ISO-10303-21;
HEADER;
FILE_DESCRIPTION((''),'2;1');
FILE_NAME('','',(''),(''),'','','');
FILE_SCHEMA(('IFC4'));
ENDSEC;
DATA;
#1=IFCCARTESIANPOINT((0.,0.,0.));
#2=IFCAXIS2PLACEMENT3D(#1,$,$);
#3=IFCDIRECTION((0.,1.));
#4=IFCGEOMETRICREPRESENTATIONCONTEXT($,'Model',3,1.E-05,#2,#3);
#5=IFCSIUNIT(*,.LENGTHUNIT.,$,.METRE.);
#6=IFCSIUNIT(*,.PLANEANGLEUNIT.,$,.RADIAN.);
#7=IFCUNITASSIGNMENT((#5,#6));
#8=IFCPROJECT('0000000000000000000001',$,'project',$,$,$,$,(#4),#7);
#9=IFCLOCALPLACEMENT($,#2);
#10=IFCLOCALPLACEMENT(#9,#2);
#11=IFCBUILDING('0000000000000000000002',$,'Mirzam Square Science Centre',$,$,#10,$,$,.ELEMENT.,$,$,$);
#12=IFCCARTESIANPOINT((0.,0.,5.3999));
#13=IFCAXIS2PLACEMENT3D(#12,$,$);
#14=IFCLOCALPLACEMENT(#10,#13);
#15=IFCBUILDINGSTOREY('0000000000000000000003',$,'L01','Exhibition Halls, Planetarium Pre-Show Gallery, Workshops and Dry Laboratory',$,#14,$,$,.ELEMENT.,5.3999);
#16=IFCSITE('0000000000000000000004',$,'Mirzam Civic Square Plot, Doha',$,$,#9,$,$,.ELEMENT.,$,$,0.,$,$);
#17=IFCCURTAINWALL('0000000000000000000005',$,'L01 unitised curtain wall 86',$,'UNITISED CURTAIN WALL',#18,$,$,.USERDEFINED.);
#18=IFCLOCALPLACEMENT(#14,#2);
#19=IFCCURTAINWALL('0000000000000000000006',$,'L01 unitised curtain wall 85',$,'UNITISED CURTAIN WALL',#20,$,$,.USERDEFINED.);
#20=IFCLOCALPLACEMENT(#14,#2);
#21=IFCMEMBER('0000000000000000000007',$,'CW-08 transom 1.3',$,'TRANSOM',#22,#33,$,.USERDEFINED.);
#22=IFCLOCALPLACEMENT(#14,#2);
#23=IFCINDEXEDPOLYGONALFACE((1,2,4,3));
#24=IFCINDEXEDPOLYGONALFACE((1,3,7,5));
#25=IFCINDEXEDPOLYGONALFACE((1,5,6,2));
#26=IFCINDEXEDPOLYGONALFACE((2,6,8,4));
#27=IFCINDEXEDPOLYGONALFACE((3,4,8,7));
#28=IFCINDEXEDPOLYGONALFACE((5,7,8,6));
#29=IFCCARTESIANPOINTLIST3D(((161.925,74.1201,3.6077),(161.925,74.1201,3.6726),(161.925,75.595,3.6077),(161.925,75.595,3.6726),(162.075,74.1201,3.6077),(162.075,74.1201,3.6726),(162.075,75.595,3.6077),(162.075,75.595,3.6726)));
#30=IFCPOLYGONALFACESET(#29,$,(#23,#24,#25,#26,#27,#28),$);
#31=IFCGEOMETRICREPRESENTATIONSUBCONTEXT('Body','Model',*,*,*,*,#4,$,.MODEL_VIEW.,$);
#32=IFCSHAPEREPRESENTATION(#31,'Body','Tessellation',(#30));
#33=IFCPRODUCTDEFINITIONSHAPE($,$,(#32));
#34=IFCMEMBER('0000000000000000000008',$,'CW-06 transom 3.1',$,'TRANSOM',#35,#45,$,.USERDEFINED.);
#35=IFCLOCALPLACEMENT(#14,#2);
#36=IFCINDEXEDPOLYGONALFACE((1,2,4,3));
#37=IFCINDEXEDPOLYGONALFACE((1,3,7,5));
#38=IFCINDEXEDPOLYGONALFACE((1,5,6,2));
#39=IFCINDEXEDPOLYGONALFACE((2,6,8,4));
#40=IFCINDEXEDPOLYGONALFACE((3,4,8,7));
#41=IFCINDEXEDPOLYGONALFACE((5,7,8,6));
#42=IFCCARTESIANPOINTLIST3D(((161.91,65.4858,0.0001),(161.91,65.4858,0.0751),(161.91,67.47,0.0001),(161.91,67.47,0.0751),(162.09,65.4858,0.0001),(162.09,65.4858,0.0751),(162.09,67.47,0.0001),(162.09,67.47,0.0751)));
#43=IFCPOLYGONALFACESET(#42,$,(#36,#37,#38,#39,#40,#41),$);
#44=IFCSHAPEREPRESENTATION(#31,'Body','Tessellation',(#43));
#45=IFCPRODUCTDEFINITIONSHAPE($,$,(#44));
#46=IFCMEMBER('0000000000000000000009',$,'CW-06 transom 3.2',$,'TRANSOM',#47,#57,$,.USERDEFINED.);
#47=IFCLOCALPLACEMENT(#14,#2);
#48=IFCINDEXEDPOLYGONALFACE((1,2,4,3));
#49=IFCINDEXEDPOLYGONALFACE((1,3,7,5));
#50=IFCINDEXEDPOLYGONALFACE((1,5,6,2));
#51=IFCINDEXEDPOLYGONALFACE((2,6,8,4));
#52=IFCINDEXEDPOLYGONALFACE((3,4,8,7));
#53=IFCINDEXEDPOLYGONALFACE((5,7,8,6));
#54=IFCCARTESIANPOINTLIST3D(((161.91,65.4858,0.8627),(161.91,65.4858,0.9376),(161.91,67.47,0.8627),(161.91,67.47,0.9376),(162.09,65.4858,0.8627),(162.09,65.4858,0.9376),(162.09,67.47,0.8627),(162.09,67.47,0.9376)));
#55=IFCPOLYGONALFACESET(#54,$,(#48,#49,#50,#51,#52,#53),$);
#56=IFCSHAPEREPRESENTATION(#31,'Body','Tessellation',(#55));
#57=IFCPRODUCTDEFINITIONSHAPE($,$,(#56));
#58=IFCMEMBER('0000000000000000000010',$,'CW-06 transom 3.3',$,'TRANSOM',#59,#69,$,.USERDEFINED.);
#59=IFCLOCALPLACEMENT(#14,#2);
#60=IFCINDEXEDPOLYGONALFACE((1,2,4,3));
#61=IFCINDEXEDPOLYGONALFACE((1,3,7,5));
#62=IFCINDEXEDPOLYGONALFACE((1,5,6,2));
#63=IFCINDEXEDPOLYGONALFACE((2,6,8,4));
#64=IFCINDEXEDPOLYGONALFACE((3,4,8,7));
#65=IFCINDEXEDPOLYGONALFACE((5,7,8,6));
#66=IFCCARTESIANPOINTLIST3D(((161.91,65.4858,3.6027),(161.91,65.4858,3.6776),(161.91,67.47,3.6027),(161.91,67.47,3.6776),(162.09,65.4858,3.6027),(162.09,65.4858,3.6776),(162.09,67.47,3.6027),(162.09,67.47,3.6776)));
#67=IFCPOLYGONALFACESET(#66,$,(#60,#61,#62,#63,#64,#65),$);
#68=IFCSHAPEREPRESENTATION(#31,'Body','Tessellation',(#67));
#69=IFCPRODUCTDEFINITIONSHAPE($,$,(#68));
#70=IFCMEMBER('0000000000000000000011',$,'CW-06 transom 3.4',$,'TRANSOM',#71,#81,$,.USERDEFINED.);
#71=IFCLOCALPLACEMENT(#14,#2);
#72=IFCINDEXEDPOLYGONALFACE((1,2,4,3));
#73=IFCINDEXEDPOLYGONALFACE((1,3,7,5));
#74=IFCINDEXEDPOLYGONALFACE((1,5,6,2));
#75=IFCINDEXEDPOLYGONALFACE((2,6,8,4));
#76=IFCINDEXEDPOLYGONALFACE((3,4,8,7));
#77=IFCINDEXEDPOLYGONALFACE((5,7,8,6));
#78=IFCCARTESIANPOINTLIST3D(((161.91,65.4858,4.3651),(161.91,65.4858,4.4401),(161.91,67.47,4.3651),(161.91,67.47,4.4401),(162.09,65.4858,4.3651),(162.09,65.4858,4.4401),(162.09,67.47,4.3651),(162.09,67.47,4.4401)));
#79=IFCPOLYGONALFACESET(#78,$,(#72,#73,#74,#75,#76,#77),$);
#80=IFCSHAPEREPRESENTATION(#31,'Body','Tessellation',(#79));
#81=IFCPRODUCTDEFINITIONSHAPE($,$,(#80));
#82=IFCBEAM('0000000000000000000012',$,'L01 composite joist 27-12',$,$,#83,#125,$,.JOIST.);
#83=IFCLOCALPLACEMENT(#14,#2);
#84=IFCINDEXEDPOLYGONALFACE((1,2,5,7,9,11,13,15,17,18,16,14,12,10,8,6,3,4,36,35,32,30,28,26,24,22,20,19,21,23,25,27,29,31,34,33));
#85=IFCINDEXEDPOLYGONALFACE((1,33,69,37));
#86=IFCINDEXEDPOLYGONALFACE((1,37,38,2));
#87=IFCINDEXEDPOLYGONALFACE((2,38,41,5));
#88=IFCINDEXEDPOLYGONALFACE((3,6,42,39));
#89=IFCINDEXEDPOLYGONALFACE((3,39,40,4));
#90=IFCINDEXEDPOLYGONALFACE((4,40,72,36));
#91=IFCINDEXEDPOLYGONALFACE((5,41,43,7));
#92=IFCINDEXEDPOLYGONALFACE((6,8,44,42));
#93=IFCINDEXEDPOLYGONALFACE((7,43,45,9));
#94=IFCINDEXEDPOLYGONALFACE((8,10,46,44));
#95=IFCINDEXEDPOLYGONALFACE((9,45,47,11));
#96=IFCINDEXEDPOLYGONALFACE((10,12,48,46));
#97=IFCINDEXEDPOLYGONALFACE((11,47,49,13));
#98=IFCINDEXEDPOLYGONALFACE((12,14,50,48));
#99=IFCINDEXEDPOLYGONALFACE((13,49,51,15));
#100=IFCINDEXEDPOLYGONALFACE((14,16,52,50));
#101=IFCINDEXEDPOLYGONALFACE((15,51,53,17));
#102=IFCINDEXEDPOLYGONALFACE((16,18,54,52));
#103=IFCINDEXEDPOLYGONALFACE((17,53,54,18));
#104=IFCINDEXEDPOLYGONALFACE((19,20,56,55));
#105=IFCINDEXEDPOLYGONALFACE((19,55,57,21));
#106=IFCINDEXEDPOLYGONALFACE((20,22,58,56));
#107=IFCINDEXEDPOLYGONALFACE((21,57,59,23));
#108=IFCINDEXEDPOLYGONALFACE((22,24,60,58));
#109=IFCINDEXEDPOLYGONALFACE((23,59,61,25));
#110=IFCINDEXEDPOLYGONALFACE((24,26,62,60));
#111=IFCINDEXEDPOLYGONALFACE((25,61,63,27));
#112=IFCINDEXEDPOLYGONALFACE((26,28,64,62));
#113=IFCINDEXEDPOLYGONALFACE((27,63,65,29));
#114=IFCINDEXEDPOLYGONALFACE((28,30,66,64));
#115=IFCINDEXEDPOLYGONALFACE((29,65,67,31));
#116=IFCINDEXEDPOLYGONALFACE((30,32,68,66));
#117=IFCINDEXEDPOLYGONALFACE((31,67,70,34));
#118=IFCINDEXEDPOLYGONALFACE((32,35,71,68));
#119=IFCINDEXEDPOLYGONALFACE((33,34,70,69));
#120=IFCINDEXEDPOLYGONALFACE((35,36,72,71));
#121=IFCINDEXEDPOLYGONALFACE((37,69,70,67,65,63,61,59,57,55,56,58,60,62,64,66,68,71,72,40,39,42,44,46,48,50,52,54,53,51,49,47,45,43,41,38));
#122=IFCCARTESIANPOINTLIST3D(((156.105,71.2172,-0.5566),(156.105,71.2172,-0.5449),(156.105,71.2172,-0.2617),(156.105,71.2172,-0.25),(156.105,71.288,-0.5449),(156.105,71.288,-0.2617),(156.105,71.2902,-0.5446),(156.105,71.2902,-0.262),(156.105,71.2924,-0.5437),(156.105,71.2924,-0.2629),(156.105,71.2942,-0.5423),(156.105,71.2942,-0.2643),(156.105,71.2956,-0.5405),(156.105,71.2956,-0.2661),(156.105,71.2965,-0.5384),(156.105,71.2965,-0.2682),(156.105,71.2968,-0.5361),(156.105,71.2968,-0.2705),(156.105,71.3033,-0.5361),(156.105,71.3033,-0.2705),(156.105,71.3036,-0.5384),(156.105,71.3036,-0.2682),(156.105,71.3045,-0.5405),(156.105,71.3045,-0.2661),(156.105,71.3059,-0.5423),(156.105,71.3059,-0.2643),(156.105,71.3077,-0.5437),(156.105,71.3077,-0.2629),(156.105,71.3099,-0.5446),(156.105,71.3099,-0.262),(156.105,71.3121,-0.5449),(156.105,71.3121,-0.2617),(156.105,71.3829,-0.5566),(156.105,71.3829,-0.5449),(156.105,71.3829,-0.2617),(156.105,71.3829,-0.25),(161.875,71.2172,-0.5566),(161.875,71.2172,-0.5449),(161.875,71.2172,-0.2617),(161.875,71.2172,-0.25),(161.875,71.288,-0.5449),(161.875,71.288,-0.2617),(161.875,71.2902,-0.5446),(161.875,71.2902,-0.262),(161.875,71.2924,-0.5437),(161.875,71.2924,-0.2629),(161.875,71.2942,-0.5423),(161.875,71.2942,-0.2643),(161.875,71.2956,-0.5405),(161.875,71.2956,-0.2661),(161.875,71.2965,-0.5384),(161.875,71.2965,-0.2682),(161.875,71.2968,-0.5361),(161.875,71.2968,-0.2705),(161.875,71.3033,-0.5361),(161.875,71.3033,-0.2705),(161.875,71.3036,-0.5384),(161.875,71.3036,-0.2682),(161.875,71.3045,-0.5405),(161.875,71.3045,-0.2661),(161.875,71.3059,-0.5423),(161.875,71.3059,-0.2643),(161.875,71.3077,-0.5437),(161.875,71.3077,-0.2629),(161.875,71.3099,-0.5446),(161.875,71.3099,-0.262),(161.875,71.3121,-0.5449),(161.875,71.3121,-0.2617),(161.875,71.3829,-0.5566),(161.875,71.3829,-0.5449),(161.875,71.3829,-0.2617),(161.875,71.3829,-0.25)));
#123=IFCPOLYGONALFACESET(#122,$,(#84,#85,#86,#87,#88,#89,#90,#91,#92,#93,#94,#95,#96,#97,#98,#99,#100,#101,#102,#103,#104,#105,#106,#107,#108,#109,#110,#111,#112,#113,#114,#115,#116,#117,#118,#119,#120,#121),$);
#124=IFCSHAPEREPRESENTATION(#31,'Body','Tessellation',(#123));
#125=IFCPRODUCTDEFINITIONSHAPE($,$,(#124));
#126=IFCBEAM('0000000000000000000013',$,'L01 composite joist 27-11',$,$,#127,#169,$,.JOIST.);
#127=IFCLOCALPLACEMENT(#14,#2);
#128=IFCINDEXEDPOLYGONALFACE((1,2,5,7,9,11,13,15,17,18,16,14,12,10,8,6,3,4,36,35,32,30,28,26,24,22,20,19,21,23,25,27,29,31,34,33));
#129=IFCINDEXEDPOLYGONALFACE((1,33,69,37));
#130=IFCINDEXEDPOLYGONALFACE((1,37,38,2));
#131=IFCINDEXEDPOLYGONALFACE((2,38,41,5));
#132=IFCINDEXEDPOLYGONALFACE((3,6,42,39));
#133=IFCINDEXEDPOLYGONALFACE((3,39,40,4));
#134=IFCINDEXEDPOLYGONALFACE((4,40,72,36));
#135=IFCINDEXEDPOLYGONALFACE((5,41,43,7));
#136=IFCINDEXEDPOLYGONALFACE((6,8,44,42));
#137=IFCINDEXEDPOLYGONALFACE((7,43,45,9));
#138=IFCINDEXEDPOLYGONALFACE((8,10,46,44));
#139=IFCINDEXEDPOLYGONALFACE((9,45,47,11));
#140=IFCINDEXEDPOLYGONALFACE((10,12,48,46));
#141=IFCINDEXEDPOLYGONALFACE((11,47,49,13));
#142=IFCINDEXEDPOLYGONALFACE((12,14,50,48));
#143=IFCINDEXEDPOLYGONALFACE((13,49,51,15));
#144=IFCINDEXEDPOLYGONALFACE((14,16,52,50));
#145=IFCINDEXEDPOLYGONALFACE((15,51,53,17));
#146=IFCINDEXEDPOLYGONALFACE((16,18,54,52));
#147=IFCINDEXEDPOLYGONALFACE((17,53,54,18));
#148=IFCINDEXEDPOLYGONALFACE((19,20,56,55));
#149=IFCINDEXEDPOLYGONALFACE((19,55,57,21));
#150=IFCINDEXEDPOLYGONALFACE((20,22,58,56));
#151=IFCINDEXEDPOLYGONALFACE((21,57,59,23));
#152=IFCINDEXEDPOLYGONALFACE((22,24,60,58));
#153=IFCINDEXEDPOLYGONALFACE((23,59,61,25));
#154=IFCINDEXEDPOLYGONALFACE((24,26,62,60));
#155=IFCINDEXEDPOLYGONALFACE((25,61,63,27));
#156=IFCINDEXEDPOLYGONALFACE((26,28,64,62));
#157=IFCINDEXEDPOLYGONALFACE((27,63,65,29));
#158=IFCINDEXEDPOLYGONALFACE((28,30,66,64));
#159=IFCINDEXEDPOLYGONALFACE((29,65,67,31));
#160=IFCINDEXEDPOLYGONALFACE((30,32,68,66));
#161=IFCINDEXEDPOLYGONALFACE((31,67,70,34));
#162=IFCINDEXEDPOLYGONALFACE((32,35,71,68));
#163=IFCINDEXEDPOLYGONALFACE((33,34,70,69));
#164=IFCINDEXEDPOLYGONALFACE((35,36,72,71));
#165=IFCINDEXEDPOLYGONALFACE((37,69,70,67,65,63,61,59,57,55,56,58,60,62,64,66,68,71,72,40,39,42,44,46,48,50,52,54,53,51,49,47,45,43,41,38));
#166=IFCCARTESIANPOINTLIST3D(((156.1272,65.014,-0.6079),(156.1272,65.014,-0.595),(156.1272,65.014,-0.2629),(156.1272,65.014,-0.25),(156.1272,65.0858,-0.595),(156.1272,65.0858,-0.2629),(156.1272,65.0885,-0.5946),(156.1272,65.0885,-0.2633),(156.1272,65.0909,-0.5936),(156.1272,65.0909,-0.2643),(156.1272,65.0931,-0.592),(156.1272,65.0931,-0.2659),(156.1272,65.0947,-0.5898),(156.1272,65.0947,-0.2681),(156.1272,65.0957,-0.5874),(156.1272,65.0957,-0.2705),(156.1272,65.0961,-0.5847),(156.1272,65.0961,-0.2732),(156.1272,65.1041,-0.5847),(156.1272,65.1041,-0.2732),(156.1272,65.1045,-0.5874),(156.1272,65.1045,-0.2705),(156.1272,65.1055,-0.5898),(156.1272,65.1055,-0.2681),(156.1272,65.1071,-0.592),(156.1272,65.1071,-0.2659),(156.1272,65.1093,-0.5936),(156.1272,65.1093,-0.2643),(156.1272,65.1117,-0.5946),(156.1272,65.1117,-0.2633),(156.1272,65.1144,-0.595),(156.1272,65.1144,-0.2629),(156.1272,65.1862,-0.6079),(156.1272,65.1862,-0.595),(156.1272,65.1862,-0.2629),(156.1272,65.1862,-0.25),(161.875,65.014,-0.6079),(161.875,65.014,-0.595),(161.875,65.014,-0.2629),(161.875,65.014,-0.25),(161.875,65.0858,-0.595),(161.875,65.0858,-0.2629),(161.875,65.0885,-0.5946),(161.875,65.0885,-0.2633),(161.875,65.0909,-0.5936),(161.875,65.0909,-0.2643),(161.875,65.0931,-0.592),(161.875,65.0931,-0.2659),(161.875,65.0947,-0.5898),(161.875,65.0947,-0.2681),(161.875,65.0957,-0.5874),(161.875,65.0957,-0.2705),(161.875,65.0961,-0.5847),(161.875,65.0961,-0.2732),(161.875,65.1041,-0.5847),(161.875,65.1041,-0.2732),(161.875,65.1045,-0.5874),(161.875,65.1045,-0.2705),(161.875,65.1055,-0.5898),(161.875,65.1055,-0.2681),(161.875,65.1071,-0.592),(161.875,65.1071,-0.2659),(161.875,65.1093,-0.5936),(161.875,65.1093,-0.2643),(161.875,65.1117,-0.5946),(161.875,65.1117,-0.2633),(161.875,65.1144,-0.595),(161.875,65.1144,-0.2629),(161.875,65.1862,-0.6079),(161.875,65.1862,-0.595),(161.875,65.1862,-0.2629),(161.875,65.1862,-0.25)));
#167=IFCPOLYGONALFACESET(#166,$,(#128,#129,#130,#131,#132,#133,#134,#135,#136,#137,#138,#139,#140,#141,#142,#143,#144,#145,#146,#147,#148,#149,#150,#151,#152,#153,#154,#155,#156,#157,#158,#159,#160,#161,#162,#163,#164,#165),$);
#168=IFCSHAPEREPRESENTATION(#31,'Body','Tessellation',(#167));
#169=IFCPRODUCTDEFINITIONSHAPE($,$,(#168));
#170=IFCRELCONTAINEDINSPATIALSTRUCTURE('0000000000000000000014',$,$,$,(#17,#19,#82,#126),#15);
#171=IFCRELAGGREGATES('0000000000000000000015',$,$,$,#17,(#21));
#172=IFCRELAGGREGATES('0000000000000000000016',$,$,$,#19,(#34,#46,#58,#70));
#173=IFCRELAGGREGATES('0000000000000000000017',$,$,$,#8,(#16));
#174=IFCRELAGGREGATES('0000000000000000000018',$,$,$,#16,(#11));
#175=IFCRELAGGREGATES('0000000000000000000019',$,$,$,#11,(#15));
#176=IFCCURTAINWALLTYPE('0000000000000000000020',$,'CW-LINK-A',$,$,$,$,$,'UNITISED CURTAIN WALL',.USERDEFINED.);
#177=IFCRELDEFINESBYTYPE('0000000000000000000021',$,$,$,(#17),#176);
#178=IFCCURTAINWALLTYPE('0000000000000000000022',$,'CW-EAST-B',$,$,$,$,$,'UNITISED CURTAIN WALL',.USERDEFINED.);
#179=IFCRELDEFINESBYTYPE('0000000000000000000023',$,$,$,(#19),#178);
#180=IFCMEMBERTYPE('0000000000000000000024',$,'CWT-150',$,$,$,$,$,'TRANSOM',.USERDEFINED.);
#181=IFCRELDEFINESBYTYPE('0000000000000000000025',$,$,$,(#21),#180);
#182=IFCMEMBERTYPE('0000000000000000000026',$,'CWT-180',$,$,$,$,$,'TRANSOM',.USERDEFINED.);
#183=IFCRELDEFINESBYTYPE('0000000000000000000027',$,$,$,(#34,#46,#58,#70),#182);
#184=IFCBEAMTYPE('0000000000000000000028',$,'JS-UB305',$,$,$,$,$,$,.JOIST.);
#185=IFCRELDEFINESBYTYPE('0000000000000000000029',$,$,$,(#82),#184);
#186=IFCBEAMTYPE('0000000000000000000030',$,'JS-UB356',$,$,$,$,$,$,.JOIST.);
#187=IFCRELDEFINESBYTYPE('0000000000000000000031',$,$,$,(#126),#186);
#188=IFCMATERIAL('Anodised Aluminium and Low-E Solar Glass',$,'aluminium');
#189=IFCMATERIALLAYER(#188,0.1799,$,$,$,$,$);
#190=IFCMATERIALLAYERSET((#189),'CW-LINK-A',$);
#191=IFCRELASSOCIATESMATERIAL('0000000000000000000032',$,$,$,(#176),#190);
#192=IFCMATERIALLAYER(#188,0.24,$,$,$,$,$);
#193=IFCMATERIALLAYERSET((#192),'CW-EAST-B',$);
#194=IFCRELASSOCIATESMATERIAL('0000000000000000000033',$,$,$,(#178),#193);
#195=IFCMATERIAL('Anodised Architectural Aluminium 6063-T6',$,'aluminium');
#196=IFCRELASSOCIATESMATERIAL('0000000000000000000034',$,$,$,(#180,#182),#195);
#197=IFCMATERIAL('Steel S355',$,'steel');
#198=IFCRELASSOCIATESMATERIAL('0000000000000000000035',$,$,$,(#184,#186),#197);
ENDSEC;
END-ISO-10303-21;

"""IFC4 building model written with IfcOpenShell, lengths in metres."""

from ifc_helpers import new_model, si_unit, direction, frame, origin, origin_2d, place, context, subcontext, project, spatial, rectangle, i_section, extrude, material, layer, layer_set, material_profile, profile_set, type_object, element, aggregate, save


model = new_model("IFC4")

# Units and contexts
model_context = context("Model", 3, precision=1e-05, world=origin(), true_north=direction((0.0, 1.0)))
body_context = subcontext(model_context, "Body", "Model", "MODEL_VIEW")
ifc_project = project(units=[si_unit("LENGTHUNIT", "METRE"), si_unit("PLANEANGLEUNIT", "RADIAN")], contexts=[model_context])

# Site, building, storey
site_placement = place(None, origin())
site = spatial("IfcSite", under=ifc_project, at=site_placement, Name="Mirzam Civic Square Plot, Doha", CompositionType="ELEMENT", RefElevation=0.0)
building_placement = place(site_placement, origin())
building = spatial("IfcBuilding", under=site, at=building_placement, Name="Mirzam Square Science Centre", CompositionType="ELEMENT")
storey_placement = place(building_placement, frame((0.0, 0.0, 5.3999)))
storey = spatial("IfcBuildingStorey", under=building, at=storey_placement, Name="L01", Description="Exhibition Halls, Planetarium Pre-Show Gallery, Workshops and Dry Laboratory", CompositionType="ELEMENT", Elevation=5.3999)

# Shared definitions
ifc_material_1 = material(Name="Steel S355", Category="steel")

# Curtain wall
ifc_material_2 = material(Name="Anodised Aluminium and Low-E Solar Glass", Category="aluminium")
ifc_layer_1 = layer(ifc_material_2, 0.1799)
ifc_layer_set_1 = layer_set([ifc_layer_1], Name="CW-LINK-A")
curtain_wall_type_1 = type_object("IfcCurtainWallType", Name="CW-LINK-A", ElementType="UNITISED CURTAIN WALL", PredefinedType="USERDEFINED", material=ifc_layer_set_1)
curtain_wall_1_placement = place(storey_placement, origin())
curtain_wall_1 = element("IfcCurtainWall", 1, at=curtain_wall_1_placement, inside=storey, type_object=curtain_wall_type_1, Name="L01 unitised curtain wall 86", ObjectType="UNITISED CURTAIN WALL", PredefinedType="USERDEFINED")
ifc_material_3 = material(Name="Anodised Architectural Aluminium 6063-T6", Category="aluminium")

# Curtain wall
ifc_layer_2 = layer(ifc_material_2, 0.24)
ifc_layer_set_2 = layer_set([ifc_layer_2], Name="CW-EAST-B")
curtain_wall_type_2 = type_object("IfcCurtainWallType", Name="CW-EAST-B", ElementType="UNITISED CURTAIN WALL", PredefinedType="USERDEFINED", material=ifc_layer_set_2)
curtain_wall_2_placement = place(storey_placement, origin())
curtain_wall_2 = element("IfcCurtainWall", 2, at=curtain_wall_2_placement, inside=storey, type_object=curtain_wall_type_2, Name="L01 unitised curtain wall 85", ObjectType="UNITISED CURTAIN WALL", PredefinedType="USERDEFINED")

# Members
ifc_material_profile_1 = material_profile(ifc_material_3, rectangle(XDim=0.1499, YDim=0.0649, at=origin_2d()), Name="ALU-TRAN-150x65x4")
ifc_profile_set_1 = profile_set([ifc_material_profile_1], Name="Anodised Architectural Aluminium 6063-T6")
member_type_1 = type_object("IfcMemberType", Name="CWT-150", ElementType="TRANSOM", PredefinedType="USERDEFINED", material=ifc_profile_set_1)
member_1_placement = place(storey_placement, frame((162.0, 74.1201, 3.6401), z_axis=(0.0, 1.0, 0.0), x_axis=(-1.0, 0.0, 0.0)))
member_1 = element("IfcMember", 3, at=member_1_placement, type_object=member_type_1, Name="CW-08 transom 1.3", ObjectType="TRANSOM", PredefinedType="USERDEFINED", context=body_context, shape_type="SweptSolid", body=[
    extrude(rectangle(XDim=0.1499, YDim=0.0649, at=origin_2d()), origin(), (0.0, 0.0, 1.0), 1.4749),
])
aggregate(curtain_wall_1, [member_1])
ifc_material_profile_2 = material_profile(ifc_material_3, rectangle(XDim=0.1799, YDim=0.075, at=origin_2d()), Name="ALU-TRAN-180x75x5")
ifc_profile_set_2 = profile_set([ifc_material_profile_2], Name="Anodised Architectural Aluminium 6063-T6")
member_type_2 = type_object("IfcMemberType", Name="CWT-180", ElementType="TRANSOM", PredefinedType="USERDEFINED", material=ifc_profile_set_2)
member_2_placement = place(storey_placement, frame((162.0, 65.4858, 0.0376), z_axis=(0.0, 1.0, 0.0), x_axis=(-1.0, 0.0, 0.0)))
member_2 = element("IfcMember", 4, at=member_2_placement, type_object=member_type_2, Name="CW-06 transom 3.1", ObjectType="TRANSOM", PredefinedType="USERDEFINED", context=body_context, shape_type="SweptSolid", body=[
    extrude(rectangle(XDim=0.1799, YDim=0.075, at=origin_2d()), origin(), (0.0, 0.0, 1.0), 1.9841),
])
member_3_placement = place(storey_placement, frame((162.0, 65.4858, 0.9001), z_axis=(0.0, 1.0, 0.0), x_axis=(-1.0, 0.0, 0.0)))
member_3 = element("IfcMember", 5, at=member_3_placement, type_object=member_type_2, Name="CW-06 transom 3.2", ObjectType="TRANSOM", PredefinedType="USERDEFINED", context=body_context, shape_type="SweptSolid", body=[
    extrude(rectangle(XDim=0.1799, YDim=0.075, at=origin_2d()), origin(), (0.0, 0.0, 1.0), 1.9841),
])
member_4_placement = place(storey_placement, frame((162.0, 65.4858, 3.6401), z_axis=(0.0, 1.0, 0.0), x_axis=(-1.0, 0.0, 0.0)))
member_4 = element("IfcMember", 6, at=member_4_placement, type_object=member_type_2, Name="CW-06 transom 3.3", ObjectType="TRANSOM", PredefinedType="USERDEFINED", context=body_context, shape_type="SweptSolid", body=[
    extrude(rectangle(XDim=0.1799, YDim=0.075, at=origin_2d()), origin(), (0.0, 0.0, 1.0), 1.9841),
])
member_5_placement = place(storey_placement, frame((162.0, 65.4858, 4.4026), z_axis=(0.0, 1.0, 0.0), x_axis=(-1.0, 0.0, 0.0)))
member_5 = element("IfcMember", 7, at=member_5_placement, type_object=member_type_2, Name="CW-06 transom 3.4", ObjectType="TRANSOM", PredefinedType="USERDEFINED", context=body_context, shape_type="SweptSolid", body=[
    extrude(rectangle(XDim=0.1799, YDim=0.075, at=origin_2d()), origin(), (0.0, 0.0, 1.0), 1.9841),
])

# Beams
ifc_material_profile_3 = material_profile(ifc_material_1, i_section(OverallWidth=0.1658, OverallDepth=0.3066, WebThickness=0.0066, FlangeThickness=0.0117, FilletRadius=0.0088, at=origin_2d()), Name="305x165x46UB")
ifc_profile_set_3 = profile_set([ifc_material_profile_3], Name="Steel S355")
beam_type_1 = type_object("IfcBeamType", Name="JS-UB305", PredefinedType="JOIST", material=ifc_profile_set_3)
beam_1_placement = place(storey_placement, frame((156.105, 71.3, -0.4033), z_axis=(1.0, 0.0, 0.0), x_axis=(0.0, 1.0, 0.0)))
element("IfcBeam", 8, at=beam_1_placement, inside=storey, type_object=beam_type_1, Name="L01 composite joist 27-12", PredefinedType="JOIST", context=body_context, shape_type="SweptSolid", body=[
    extrude(i_section(OverallWidth=0.1658, OverallDepth=0.3066, WebThickness=0.0066, FlangeThickness=0.0117, FilletRadius=0.0088, at=origin_2d()), origin(), (0.0, 0.0, 1.0), 5.77),
])
ifc_material_profile_4 = material_profile(ifc_material_1, i_section(OverallWidth=0.1721, OverallDepth=0.3579, WebThickness=0.0081, FlangeThickness=0.0129, FilletRadius=0.0103, at=origin_2d()), Name="356x171x57UB")
ifc_profile_set_4 = profile_set([ifc_material_profile_4], Name="Steel S355")
beam_type_2 = type_object("IfcBeamType", Name="JS-UB356", PredefinedType="JOIST", material=ifc_profile_set_4)
beam_2_placement = place(storey_placement, frame((156.1272, 65.1001, -0.429), z_axis=(1.0, 0.0, 0.0), x_axis=(0.0, 1.0, 0.0)))
element("IfcBeam", 9, at=beam_2_placement, inside=storey, type_object=beam_type_2, Name="L01 composite joist 27-11", PredefinedType="JOIST", context=body_context, shape_type="SweptSolid", body=[
    extrude(i_section(OverallWidth=0.1721, OverallDepth=0.3579, WebThickness=0.0081, FlangeThickness=0.0129, FilletRadius=0.0103, at=origin_2d()), origin(), (0.0, 0.0, 1.0), 5.7478),
])

aggregate(curtain_wall_2, [member_2, member_3, member_4, member_5])

save(model, "model.ifc")
